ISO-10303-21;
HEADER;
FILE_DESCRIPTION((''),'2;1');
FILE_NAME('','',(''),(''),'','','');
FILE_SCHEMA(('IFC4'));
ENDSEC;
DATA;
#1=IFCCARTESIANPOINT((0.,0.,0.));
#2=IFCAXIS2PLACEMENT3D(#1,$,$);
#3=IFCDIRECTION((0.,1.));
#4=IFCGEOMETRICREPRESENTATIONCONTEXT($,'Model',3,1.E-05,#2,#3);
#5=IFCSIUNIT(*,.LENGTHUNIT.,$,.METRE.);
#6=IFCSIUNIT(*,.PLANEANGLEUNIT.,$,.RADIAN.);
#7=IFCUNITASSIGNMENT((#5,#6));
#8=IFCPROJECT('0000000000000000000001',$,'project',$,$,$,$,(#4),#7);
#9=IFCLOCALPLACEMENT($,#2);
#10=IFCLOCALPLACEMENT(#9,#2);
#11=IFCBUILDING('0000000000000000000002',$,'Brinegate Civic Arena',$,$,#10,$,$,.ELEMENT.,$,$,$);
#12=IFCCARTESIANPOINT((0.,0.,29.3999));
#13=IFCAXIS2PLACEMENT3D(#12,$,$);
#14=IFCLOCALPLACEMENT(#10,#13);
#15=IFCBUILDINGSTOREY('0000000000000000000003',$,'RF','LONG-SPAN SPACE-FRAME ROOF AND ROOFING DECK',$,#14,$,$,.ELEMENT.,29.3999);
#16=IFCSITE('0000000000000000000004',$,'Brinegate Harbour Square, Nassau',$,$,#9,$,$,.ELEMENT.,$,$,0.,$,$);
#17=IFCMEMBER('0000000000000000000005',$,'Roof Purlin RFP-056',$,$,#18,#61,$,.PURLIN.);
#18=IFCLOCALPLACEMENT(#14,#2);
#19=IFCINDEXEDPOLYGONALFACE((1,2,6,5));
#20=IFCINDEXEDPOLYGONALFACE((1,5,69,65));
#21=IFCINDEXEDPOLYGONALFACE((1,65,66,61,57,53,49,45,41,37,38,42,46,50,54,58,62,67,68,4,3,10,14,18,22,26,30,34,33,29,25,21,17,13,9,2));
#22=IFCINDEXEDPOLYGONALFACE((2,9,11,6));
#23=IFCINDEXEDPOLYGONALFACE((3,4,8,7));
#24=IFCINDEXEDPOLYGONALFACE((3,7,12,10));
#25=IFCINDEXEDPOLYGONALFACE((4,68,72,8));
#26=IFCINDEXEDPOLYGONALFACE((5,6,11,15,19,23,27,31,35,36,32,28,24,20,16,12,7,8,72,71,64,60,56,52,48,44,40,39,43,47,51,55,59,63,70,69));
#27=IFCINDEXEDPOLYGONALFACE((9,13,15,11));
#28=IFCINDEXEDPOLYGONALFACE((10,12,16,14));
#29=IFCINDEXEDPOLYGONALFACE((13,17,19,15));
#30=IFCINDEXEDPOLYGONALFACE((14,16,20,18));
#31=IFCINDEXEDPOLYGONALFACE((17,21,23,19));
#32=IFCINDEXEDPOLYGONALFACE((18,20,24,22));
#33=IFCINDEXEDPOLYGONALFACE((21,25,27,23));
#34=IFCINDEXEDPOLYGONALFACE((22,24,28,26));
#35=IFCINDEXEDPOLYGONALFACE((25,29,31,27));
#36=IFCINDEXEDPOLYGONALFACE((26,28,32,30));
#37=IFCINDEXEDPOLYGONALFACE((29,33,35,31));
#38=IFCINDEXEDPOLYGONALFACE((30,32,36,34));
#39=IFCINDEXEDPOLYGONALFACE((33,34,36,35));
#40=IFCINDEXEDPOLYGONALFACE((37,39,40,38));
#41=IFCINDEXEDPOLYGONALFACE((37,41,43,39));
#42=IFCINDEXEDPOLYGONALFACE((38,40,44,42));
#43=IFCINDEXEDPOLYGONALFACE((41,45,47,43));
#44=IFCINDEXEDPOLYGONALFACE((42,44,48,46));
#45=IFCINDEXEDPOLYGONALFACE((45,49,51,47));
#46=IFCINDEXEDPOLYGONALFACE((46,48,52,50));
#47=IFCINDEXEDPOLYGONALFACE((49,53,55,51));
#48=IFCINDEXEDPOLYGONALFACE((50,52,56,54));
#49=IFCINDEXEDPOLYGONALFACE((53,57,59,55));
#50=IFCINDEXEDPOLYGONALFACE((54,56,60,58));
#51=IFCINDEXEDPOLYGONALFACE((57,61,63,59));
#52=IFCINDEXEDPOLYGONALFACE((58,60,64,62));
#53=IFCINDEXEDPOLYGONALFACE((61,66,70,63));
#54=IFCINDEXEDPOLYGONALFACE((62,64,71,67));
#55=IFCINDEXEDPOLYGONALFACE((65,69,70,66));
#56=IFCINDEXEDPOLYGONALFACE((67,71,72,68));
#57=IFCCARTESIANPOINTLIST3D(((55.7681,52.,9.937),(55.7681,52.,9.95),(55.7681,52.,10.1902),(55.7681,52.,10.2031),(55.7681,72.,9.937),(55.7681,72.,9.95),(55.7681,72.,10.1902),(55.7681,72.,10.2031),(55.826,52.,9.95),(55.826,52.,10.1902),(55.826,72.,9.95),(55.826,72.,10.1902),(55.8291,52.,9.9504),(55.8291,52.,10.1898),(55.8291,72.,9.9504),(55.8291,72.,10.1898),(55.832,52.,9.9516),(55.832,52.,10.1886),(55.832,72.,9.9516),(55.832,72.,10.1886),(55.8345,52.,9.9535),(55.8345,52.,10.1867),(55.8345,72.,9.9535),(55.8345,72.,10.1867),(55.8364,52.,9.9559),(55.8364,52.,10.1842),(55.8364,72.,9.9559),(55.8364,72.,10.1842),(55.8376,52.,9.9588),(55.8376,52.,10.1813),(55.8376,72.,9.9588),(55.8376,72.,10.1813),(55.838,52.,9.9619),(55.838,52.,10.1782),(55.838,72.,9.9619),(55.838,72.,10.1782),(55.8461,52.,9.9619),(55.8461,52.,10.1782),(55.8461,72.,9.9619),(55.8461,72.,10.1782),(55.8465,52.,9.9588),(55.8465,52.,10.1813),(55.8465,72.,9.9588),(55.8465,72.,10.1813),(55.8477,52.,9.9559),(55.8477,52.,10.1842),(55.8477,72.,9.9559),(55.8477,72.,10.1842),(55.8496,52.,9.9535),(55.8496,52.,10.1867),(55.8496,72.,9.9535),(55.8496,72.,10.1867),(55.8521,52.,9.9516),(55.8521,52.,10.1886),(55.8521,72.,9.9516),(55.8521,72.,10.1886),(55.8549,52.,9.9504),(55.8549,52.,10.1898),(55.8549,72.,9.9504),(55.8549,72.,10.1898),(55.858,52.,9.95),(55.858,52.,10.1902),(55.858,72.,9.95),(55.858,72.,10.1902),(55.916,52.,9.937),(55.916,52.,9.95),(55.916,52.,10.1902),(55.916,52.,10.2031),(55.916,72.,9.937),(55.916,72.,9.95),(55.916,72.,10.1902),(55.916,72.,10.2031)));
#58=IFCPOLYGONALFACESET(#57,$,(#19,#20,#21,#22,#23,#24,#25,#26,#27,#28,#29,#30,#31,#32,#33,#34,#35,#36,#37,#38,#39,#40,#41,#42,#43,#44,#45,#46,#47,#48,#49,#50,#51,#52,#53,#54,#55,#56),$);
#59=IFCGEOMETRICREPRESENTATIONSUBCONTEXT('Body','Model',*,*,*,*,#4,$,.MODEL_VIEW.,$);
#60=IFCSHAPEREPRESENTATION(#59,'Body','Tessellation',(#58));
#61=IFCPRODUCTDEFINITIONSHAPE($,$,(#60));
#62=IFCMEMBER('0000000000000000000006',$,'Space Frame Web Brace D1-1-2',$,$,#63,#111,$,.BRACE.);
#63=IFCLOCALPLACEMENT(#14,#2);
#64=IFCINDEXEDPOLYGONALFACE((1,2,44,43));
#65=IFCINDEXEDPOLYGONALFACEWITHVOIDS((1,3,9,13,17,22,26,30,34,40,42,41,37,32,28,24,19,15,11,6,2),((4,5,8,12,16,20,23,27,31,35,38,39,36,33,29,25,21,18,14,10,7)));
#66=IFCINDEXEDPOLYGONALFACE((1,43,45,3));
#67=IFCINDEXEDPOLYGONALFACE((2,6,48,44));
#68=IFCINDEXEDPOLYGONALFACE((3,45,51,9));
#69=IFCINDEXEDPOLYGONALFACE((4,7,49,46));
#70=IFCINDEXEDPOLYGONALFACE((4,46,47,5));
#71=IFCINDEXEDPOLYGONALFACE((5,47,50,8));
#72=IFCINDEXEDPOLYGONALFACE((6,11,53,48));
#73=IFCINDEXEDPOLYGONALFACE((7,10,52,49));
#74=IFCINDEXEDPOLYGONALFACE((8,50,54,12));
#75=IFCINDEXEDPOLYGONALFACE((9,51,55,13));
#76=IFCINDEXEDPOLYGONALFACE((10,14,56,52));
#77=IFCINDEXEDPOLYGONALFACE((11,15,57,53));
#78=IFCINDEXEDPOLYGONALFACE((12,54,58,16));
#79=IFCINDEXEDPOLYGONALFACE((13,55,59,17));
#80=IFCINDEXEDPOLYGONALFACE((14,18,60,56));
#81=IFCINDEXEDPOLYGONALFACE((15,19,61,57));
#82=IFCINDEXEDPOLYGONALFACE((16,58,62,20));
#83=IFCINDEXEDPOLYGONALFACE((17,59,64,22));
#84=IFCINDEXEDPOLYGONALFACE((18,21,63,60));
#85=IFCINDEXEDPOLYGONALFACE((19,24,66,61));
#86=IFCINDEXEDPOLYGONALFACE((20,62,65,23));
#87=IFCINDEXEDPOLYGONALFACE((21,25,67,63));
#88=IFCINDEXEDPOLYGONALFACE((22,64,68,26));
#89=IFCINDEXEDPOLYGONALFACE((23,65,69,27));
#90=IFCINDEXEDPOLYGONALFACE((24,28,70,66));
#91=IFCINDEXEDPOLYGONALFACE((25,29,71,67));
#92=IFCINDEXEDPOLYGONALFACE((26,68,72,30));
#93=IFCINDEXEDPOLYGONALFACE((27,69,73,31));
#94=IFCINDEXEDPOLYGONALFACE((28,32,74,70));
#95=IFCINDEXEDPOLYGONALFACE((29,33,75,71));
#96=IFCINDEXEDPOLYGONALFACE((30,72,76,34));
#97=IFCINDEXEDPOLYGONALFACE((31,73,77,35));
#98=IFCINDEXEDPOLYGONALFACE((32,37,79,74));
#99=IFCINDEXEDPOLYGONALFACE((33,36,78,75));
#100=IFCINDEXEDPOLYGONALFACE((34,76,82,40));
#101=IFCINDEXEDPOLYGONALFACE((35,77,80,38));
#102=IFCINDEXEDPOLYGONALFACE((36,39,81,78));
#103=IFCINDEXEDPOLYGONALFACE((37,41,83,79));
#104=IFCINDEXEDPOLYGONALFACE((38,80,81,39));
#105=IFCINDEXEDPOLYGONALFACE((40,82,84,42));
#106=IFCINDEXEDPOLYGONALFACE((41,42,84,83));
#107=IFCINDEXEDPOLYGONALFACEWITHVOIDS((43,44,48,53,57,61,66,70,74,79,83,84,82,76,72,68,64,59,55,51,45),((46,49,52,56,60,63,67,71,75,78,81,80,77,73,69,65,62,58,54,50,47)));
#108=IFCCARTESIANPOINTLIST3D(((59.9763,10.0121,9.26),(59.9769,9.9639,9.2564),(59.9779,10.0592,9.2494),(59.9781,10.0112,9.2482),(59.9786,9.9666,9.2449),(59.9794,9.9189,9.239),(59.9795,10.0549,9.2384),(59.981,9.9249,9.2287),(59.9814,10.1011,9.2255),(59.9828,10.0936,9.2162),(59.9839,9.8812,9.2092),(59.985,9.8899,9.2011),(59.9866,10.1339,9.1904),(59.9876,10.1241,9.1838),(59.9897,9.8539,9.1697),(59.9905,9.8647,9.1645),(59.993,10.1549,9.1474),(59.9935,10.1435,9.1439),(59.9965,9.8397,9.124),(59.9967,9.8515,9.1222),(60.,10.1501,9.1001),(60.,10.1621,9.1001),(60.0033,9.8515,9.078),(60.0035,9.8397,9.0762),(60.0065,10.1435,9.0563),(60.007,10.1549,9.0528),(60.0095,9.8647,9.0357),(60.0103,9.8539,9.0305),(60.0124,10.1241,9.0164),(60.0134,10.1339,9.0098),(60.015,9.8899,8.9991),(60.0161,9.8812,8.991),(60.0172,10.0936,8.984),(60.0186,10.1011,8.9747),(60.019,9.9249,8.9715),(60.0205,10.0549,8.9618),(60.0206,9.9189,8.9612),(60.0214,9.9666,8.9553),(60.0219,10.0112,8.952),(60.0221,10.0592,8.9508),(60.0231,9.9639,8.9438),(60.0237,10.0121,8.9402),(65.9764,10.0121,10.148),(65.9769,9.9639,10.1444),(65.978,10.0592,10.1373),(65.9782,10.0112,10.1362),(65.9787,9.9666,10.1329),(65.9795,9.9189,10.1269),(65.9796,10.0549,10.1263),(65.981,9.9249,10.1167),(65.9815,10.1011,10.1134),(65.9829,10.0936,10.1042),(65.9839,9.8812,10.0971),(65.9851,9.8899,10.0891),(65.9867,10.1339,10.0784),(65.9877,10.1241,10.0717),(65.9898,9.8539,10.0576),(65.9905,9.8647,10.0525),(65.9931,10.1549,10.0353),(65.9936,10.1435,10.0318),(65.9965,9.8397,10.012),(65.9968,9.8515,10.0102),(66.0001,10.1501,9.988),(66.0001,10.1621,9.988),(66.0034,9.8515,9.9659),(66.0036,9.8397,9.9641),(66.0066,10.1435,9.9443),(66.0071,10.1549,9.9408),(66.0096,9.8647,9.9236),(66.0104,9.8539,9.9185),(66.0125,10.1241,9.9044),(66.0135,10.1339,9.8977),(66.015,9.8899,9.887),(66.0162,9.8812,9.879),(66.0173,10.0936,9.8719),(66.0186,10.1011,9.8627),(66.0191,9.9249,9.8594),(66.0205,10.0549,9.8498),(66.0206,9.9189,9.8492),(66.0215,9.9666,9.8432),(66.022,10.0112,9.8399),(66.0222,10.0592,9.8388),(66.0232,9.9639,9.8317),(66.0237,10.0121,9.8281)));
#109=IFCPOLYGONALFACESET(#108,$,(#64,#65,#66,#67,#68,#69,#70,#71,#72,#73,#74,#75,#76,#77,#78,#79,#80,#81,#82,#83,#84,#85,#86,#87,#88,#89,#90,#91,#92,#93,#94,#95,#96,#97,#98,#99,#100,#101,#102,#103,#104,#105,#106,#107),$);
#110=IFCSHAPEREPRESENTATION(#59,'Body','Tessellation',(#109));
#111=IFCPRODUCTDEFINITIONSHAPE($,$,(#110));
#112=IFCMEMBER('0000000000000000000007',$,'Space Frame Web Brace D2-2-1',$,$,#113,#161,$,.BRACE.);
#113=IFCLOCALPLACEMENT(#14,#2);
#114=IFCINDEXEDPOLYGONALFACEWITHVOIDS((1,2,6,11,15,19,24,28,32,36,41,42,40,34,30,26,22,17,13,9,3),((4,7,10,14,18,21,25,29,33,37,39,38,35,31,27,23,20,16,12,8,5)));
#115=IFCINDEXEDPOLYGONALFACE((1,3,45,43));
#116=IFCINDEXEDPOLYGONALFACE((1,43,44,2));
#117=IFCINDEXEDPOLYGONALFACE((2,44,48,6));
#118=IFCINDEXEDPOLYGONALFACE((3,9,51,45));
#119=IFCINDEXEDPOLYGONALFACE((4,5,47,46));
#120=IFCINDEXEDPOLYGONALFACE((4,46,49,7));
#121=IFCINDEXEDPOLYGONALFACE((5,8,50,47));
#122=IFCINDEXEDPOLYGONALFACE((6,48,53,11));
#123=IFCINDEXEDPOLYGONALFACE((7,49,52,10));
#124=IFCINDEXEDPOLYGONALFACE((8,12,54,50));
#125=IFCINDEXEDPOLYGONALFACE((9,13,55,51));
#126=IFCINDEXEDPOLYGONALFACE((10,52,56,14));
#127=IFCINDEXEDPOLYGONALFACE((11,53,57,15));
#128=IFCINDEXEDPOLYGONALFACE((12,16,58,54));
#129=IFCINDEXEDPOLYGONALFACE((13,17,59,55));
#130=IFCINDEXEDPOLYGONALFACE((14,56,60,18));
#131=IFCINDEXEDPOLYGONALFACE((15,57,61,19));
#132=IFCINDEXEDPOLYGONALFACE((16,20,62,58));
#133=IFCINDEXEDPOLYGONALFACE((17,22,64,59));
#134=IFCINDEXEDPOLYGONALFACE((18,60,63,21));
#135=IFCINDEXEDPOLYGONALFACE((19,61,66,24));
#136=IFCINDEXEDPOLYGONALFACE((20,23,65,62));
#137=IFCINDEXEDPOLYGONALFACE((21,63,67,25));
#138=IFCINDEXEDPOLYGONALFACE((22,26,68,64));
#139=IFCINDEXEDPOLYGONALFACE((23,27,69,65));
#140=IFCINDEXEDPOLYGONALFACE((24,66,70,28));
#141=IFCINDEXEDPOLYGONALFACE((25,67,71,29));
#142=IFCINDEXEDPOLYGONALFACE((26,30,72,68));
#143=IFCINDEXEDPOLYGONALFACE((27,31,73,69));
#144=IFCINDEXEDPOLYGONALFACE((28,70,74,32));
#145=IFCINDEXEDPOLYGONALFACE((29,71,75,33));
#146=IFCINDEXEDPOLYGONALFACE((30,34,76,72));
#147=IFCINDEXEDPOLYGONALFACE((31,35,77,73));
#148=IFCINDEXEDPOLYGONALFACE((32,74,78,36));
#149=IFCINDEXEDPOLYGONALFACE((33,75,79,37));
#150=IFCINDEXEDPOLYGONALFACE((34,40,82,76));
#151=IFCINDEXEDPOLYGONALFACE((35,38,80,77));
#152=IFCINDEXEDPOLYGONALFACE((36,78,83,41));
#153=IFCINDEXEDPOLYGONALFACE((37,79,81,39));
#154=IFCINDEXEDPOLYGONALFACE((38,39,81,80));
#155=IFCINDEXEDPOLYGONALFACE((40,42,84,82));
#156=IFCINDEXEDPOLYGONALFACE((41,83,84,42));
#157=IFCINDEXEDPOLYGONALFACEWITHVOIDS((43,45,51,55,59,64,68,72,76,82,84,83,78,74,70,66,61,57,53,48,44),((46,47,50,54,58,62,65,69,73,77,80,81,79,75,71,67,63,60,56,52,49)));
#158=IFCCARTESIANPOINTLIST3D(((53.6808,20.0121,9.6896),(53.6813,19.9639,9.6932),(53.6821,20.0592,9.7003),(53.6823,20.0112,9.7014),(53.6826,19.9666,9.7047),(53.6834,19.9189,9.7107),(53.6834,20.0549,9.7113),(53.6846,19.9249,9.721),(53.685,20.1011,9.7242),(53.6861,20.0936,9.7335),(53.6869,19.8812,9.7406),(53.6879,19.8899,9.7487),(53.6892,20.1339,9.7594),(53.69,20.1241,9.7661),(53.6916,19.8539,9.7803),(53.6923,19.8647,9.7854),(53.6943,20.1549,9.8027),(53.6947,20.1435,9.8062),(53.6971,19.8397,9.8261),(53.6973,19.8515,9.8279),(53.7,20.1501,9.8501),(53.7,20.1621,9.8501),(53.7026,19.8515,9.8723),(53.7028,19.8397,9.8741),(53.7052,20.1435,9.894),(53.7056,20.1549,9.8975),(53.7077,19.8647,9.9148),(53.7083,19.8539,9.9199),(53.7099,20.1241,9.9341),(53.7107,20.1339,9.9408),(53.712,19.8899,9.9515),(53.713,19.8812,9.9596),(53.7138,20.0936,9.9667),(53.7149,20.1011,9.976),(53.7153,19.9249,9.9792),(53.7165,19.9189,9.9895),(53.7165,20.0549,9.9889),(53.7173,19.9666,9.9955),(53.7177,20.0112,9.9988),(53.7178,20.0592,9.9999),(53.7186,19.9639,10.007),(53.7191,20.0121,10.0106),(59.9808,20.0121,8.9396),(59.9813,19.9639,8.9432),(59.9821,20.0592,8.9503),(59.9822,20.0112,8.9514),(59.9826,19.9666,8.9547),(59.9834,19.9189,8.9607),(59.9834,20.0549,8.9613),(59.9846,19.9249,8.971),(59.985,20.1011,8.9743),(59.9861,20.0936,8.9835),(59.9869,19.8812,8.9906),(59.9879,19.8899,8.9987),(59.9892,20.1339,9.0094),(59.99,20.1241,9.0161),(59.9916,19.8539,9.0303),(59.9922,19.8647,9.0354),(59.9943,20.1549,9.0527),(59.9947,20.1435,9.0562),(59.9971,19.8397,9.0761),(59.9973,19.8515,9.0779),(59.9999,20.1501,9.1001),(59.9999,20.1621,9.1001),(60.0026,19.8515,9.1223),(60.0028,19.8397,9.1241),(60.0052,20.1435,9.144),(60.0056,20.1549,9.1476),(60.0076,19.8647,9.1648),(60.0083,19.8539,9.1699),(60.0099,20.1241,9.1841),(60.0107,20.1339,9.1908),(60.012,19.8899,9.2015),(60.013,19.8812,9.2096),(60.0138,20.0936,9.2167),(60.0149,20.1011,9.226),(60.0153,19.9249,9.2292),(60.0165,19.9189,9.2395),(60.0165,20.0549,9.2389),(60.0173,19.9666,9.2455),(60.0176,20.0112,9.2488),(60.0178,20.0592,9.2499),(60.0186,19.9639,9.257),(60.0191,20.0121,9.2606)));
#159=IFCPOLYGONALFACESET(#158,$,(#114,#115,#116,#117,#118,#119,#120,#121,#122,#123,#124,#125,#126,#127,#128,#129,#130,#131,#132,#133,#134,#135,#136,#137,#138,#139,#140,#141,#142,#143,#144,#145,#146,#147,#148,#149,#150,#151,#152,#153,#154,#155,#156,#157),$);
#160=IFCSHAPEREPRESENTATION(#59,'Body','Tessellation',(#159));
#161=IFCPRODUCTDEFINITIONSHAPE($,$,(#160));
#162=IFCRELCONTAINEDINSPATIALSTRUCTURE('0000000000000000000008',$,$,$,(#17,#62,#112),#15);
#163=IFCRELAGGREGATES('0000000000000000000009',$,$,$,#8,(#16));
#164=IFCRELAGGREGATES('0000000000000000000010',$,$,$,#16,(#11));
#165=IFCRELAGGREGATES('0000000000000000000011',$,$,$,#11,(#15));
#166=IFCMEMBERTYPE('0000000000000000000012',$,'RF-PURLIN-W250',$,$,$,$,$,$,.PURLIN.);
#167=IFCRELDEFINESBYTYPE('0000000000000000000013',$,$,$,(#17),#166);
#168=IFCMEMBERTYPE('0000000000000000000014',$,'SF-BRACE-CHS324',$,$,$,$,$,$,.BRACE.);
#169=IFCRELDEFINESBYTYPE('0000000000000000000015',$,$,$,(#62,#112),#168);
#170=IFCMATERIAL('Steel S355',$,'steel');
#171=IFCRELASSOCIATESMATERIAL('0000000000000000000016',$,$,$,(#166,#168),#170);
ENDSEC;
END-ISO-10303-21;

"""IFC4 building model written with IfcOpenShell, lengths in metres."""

from ifc_helpers import new_model, si_unit, direction, frame, origin, origin_2d, place, context, subcontext, project, spatial, hollow_circle, i_section, extrude, material, material_profile, profile_set, type_object, element, save


model = new_model("IFC4")

# Units and contexts
model_context = context("Model", 3, precision=1e-05, world=origin(), true_north=direction((0.0, 1.0)))
body_context = subcontext(model_context, "Body", "Model", "MODEL_VIEW")
ifc_project = project(units=[si_unit("LENGTHUNIT", "METRE"), si_unit("PLANEANGLEUNIT", "RADIAN")], contexts=[model_context])

# Site, building, storey
site_placement = place(None, origin())
site = spatial("IfcSite", under=ifc_project, at=site_placement, Name="Brinegate Harbour Square, Nassau", CompositionType="ELEMENT", RefElevation=0.0)
building_placement = place(site_placement, origin())
building = spatial("IfcBuilding", under=site, at=building_placement, Name="Brinegate Civic Arena", CompositionType="ELEMENT")
storey_placement = place(building_placement, frame((0.0, 0.0, 29.3999)))
storey = spatial("IfcBuildingStorey", under=building, at=storey_placement, Name="RF", Description="LONG-SPAN SPACE-FRAME ROOF AND ROOFING DECK", CompositionType="ELEMENT", Elevation=29.3999)

# Shared definitions
ifc_material_1 = material(Name="Steel S355", Category="steel")

# Members
ifc_material_profile_1 = material_profile(ifc_material_1, i_section(OverallWidth=0.1479, OverallDepth=0.2661, WebThickness=0.0081, FlangeThickness=0.0129, FilletRadius=0.012, at=origin_2d()), Name="W250X45")
ifc_profile_set_1 = profile_set([ifc_material_profile_1], Name="Steel S355")
member_type_1 = type_object("IfcMemberType", Name="RF-PURLIN-W250", PredefinedType="PURLIN", material=ifc_profile_set_1)
for number, where, z_axis, x_axis, name in (
    (1, (55.842, 52.0, 10.0701), (0.0, 1.0, 0.0), (-1.0, 0.0, 0.0), "Roof Purlin RFP-056"),
):
    element("IfcMember", number, at=place(storey_placement, frame(where, z_axis=z_axis, x_axis=x_axis)), inside=storey, type_object=member_type_1, Name=name, PredefinedType="PURLIN", context=body_context, shape_type="SweptSolid", body=[
        extrude(i_section(OverallWidth=0.1479, OverallDepth=0.2661, WebThickness=0.0081, FlangeThickness=0.0129, FilletRadius=0.012, at=origin_2d()), origin(), (0.0, 0.0, 1.0), 20.0),
    ])
ifc_material_profile_2 = material_profile(ifc_material_1, hollow_circle(Radius=0.1621, WallThickness=0.012, at=origin_2d()), Name="CHS324X12")
ifc_profile_set_2 = profile_set([ifc_material_profile_2], Name="Steel S355")
member_type_2 = type_object("IfcMemberType", Name="SF-BRACE-CHS324", PredefinedType="BRACE", material=ifc_profile_set_2)
member_1_placement = place(storey_placement, frame((60.0, 10.0, 9.1001), z_axis=(0.989226, 0.0, 0.146395), x_axis=(0.0, 1.0, 0.0)))
element("IfcMember", 2, at=member_1_placement, inside=storey, type_object=member_type_2, Name="Space Frame Web Brace D1-1-2", PredefinedType="BRACE", context=body_context, shape_type="SweptSolid", body=[
    extrude(hollow_circle(Radius=0.1621, WallThickness=0.012, at=origin_2d()), origin(), (0.0, 0.0, 1.0), 6.0654),
])
member_2_placement = place(storey_placement, frame((53.7, 20.0, 9.8501), z_axis=(0.992988, 0.0, -0.118212), x_axis=(0.0, 1.0, 0.0)))
element("IfcMember", 3, at=member_2_placement, inside=storey, type_object=member_type_2, Name="Space Frame Web Brace D2-2-1", PredefinedType="BRACE", context=body_context, shape_type="SweptSolid", body=[
    extrude(hollow_circle(Radius=0.1621, WallThickness=0.012, at=origin_2d()), origin(), (0.0, 0.0, 1.0), 6.3445),
])

save(model, "model.ifc")
